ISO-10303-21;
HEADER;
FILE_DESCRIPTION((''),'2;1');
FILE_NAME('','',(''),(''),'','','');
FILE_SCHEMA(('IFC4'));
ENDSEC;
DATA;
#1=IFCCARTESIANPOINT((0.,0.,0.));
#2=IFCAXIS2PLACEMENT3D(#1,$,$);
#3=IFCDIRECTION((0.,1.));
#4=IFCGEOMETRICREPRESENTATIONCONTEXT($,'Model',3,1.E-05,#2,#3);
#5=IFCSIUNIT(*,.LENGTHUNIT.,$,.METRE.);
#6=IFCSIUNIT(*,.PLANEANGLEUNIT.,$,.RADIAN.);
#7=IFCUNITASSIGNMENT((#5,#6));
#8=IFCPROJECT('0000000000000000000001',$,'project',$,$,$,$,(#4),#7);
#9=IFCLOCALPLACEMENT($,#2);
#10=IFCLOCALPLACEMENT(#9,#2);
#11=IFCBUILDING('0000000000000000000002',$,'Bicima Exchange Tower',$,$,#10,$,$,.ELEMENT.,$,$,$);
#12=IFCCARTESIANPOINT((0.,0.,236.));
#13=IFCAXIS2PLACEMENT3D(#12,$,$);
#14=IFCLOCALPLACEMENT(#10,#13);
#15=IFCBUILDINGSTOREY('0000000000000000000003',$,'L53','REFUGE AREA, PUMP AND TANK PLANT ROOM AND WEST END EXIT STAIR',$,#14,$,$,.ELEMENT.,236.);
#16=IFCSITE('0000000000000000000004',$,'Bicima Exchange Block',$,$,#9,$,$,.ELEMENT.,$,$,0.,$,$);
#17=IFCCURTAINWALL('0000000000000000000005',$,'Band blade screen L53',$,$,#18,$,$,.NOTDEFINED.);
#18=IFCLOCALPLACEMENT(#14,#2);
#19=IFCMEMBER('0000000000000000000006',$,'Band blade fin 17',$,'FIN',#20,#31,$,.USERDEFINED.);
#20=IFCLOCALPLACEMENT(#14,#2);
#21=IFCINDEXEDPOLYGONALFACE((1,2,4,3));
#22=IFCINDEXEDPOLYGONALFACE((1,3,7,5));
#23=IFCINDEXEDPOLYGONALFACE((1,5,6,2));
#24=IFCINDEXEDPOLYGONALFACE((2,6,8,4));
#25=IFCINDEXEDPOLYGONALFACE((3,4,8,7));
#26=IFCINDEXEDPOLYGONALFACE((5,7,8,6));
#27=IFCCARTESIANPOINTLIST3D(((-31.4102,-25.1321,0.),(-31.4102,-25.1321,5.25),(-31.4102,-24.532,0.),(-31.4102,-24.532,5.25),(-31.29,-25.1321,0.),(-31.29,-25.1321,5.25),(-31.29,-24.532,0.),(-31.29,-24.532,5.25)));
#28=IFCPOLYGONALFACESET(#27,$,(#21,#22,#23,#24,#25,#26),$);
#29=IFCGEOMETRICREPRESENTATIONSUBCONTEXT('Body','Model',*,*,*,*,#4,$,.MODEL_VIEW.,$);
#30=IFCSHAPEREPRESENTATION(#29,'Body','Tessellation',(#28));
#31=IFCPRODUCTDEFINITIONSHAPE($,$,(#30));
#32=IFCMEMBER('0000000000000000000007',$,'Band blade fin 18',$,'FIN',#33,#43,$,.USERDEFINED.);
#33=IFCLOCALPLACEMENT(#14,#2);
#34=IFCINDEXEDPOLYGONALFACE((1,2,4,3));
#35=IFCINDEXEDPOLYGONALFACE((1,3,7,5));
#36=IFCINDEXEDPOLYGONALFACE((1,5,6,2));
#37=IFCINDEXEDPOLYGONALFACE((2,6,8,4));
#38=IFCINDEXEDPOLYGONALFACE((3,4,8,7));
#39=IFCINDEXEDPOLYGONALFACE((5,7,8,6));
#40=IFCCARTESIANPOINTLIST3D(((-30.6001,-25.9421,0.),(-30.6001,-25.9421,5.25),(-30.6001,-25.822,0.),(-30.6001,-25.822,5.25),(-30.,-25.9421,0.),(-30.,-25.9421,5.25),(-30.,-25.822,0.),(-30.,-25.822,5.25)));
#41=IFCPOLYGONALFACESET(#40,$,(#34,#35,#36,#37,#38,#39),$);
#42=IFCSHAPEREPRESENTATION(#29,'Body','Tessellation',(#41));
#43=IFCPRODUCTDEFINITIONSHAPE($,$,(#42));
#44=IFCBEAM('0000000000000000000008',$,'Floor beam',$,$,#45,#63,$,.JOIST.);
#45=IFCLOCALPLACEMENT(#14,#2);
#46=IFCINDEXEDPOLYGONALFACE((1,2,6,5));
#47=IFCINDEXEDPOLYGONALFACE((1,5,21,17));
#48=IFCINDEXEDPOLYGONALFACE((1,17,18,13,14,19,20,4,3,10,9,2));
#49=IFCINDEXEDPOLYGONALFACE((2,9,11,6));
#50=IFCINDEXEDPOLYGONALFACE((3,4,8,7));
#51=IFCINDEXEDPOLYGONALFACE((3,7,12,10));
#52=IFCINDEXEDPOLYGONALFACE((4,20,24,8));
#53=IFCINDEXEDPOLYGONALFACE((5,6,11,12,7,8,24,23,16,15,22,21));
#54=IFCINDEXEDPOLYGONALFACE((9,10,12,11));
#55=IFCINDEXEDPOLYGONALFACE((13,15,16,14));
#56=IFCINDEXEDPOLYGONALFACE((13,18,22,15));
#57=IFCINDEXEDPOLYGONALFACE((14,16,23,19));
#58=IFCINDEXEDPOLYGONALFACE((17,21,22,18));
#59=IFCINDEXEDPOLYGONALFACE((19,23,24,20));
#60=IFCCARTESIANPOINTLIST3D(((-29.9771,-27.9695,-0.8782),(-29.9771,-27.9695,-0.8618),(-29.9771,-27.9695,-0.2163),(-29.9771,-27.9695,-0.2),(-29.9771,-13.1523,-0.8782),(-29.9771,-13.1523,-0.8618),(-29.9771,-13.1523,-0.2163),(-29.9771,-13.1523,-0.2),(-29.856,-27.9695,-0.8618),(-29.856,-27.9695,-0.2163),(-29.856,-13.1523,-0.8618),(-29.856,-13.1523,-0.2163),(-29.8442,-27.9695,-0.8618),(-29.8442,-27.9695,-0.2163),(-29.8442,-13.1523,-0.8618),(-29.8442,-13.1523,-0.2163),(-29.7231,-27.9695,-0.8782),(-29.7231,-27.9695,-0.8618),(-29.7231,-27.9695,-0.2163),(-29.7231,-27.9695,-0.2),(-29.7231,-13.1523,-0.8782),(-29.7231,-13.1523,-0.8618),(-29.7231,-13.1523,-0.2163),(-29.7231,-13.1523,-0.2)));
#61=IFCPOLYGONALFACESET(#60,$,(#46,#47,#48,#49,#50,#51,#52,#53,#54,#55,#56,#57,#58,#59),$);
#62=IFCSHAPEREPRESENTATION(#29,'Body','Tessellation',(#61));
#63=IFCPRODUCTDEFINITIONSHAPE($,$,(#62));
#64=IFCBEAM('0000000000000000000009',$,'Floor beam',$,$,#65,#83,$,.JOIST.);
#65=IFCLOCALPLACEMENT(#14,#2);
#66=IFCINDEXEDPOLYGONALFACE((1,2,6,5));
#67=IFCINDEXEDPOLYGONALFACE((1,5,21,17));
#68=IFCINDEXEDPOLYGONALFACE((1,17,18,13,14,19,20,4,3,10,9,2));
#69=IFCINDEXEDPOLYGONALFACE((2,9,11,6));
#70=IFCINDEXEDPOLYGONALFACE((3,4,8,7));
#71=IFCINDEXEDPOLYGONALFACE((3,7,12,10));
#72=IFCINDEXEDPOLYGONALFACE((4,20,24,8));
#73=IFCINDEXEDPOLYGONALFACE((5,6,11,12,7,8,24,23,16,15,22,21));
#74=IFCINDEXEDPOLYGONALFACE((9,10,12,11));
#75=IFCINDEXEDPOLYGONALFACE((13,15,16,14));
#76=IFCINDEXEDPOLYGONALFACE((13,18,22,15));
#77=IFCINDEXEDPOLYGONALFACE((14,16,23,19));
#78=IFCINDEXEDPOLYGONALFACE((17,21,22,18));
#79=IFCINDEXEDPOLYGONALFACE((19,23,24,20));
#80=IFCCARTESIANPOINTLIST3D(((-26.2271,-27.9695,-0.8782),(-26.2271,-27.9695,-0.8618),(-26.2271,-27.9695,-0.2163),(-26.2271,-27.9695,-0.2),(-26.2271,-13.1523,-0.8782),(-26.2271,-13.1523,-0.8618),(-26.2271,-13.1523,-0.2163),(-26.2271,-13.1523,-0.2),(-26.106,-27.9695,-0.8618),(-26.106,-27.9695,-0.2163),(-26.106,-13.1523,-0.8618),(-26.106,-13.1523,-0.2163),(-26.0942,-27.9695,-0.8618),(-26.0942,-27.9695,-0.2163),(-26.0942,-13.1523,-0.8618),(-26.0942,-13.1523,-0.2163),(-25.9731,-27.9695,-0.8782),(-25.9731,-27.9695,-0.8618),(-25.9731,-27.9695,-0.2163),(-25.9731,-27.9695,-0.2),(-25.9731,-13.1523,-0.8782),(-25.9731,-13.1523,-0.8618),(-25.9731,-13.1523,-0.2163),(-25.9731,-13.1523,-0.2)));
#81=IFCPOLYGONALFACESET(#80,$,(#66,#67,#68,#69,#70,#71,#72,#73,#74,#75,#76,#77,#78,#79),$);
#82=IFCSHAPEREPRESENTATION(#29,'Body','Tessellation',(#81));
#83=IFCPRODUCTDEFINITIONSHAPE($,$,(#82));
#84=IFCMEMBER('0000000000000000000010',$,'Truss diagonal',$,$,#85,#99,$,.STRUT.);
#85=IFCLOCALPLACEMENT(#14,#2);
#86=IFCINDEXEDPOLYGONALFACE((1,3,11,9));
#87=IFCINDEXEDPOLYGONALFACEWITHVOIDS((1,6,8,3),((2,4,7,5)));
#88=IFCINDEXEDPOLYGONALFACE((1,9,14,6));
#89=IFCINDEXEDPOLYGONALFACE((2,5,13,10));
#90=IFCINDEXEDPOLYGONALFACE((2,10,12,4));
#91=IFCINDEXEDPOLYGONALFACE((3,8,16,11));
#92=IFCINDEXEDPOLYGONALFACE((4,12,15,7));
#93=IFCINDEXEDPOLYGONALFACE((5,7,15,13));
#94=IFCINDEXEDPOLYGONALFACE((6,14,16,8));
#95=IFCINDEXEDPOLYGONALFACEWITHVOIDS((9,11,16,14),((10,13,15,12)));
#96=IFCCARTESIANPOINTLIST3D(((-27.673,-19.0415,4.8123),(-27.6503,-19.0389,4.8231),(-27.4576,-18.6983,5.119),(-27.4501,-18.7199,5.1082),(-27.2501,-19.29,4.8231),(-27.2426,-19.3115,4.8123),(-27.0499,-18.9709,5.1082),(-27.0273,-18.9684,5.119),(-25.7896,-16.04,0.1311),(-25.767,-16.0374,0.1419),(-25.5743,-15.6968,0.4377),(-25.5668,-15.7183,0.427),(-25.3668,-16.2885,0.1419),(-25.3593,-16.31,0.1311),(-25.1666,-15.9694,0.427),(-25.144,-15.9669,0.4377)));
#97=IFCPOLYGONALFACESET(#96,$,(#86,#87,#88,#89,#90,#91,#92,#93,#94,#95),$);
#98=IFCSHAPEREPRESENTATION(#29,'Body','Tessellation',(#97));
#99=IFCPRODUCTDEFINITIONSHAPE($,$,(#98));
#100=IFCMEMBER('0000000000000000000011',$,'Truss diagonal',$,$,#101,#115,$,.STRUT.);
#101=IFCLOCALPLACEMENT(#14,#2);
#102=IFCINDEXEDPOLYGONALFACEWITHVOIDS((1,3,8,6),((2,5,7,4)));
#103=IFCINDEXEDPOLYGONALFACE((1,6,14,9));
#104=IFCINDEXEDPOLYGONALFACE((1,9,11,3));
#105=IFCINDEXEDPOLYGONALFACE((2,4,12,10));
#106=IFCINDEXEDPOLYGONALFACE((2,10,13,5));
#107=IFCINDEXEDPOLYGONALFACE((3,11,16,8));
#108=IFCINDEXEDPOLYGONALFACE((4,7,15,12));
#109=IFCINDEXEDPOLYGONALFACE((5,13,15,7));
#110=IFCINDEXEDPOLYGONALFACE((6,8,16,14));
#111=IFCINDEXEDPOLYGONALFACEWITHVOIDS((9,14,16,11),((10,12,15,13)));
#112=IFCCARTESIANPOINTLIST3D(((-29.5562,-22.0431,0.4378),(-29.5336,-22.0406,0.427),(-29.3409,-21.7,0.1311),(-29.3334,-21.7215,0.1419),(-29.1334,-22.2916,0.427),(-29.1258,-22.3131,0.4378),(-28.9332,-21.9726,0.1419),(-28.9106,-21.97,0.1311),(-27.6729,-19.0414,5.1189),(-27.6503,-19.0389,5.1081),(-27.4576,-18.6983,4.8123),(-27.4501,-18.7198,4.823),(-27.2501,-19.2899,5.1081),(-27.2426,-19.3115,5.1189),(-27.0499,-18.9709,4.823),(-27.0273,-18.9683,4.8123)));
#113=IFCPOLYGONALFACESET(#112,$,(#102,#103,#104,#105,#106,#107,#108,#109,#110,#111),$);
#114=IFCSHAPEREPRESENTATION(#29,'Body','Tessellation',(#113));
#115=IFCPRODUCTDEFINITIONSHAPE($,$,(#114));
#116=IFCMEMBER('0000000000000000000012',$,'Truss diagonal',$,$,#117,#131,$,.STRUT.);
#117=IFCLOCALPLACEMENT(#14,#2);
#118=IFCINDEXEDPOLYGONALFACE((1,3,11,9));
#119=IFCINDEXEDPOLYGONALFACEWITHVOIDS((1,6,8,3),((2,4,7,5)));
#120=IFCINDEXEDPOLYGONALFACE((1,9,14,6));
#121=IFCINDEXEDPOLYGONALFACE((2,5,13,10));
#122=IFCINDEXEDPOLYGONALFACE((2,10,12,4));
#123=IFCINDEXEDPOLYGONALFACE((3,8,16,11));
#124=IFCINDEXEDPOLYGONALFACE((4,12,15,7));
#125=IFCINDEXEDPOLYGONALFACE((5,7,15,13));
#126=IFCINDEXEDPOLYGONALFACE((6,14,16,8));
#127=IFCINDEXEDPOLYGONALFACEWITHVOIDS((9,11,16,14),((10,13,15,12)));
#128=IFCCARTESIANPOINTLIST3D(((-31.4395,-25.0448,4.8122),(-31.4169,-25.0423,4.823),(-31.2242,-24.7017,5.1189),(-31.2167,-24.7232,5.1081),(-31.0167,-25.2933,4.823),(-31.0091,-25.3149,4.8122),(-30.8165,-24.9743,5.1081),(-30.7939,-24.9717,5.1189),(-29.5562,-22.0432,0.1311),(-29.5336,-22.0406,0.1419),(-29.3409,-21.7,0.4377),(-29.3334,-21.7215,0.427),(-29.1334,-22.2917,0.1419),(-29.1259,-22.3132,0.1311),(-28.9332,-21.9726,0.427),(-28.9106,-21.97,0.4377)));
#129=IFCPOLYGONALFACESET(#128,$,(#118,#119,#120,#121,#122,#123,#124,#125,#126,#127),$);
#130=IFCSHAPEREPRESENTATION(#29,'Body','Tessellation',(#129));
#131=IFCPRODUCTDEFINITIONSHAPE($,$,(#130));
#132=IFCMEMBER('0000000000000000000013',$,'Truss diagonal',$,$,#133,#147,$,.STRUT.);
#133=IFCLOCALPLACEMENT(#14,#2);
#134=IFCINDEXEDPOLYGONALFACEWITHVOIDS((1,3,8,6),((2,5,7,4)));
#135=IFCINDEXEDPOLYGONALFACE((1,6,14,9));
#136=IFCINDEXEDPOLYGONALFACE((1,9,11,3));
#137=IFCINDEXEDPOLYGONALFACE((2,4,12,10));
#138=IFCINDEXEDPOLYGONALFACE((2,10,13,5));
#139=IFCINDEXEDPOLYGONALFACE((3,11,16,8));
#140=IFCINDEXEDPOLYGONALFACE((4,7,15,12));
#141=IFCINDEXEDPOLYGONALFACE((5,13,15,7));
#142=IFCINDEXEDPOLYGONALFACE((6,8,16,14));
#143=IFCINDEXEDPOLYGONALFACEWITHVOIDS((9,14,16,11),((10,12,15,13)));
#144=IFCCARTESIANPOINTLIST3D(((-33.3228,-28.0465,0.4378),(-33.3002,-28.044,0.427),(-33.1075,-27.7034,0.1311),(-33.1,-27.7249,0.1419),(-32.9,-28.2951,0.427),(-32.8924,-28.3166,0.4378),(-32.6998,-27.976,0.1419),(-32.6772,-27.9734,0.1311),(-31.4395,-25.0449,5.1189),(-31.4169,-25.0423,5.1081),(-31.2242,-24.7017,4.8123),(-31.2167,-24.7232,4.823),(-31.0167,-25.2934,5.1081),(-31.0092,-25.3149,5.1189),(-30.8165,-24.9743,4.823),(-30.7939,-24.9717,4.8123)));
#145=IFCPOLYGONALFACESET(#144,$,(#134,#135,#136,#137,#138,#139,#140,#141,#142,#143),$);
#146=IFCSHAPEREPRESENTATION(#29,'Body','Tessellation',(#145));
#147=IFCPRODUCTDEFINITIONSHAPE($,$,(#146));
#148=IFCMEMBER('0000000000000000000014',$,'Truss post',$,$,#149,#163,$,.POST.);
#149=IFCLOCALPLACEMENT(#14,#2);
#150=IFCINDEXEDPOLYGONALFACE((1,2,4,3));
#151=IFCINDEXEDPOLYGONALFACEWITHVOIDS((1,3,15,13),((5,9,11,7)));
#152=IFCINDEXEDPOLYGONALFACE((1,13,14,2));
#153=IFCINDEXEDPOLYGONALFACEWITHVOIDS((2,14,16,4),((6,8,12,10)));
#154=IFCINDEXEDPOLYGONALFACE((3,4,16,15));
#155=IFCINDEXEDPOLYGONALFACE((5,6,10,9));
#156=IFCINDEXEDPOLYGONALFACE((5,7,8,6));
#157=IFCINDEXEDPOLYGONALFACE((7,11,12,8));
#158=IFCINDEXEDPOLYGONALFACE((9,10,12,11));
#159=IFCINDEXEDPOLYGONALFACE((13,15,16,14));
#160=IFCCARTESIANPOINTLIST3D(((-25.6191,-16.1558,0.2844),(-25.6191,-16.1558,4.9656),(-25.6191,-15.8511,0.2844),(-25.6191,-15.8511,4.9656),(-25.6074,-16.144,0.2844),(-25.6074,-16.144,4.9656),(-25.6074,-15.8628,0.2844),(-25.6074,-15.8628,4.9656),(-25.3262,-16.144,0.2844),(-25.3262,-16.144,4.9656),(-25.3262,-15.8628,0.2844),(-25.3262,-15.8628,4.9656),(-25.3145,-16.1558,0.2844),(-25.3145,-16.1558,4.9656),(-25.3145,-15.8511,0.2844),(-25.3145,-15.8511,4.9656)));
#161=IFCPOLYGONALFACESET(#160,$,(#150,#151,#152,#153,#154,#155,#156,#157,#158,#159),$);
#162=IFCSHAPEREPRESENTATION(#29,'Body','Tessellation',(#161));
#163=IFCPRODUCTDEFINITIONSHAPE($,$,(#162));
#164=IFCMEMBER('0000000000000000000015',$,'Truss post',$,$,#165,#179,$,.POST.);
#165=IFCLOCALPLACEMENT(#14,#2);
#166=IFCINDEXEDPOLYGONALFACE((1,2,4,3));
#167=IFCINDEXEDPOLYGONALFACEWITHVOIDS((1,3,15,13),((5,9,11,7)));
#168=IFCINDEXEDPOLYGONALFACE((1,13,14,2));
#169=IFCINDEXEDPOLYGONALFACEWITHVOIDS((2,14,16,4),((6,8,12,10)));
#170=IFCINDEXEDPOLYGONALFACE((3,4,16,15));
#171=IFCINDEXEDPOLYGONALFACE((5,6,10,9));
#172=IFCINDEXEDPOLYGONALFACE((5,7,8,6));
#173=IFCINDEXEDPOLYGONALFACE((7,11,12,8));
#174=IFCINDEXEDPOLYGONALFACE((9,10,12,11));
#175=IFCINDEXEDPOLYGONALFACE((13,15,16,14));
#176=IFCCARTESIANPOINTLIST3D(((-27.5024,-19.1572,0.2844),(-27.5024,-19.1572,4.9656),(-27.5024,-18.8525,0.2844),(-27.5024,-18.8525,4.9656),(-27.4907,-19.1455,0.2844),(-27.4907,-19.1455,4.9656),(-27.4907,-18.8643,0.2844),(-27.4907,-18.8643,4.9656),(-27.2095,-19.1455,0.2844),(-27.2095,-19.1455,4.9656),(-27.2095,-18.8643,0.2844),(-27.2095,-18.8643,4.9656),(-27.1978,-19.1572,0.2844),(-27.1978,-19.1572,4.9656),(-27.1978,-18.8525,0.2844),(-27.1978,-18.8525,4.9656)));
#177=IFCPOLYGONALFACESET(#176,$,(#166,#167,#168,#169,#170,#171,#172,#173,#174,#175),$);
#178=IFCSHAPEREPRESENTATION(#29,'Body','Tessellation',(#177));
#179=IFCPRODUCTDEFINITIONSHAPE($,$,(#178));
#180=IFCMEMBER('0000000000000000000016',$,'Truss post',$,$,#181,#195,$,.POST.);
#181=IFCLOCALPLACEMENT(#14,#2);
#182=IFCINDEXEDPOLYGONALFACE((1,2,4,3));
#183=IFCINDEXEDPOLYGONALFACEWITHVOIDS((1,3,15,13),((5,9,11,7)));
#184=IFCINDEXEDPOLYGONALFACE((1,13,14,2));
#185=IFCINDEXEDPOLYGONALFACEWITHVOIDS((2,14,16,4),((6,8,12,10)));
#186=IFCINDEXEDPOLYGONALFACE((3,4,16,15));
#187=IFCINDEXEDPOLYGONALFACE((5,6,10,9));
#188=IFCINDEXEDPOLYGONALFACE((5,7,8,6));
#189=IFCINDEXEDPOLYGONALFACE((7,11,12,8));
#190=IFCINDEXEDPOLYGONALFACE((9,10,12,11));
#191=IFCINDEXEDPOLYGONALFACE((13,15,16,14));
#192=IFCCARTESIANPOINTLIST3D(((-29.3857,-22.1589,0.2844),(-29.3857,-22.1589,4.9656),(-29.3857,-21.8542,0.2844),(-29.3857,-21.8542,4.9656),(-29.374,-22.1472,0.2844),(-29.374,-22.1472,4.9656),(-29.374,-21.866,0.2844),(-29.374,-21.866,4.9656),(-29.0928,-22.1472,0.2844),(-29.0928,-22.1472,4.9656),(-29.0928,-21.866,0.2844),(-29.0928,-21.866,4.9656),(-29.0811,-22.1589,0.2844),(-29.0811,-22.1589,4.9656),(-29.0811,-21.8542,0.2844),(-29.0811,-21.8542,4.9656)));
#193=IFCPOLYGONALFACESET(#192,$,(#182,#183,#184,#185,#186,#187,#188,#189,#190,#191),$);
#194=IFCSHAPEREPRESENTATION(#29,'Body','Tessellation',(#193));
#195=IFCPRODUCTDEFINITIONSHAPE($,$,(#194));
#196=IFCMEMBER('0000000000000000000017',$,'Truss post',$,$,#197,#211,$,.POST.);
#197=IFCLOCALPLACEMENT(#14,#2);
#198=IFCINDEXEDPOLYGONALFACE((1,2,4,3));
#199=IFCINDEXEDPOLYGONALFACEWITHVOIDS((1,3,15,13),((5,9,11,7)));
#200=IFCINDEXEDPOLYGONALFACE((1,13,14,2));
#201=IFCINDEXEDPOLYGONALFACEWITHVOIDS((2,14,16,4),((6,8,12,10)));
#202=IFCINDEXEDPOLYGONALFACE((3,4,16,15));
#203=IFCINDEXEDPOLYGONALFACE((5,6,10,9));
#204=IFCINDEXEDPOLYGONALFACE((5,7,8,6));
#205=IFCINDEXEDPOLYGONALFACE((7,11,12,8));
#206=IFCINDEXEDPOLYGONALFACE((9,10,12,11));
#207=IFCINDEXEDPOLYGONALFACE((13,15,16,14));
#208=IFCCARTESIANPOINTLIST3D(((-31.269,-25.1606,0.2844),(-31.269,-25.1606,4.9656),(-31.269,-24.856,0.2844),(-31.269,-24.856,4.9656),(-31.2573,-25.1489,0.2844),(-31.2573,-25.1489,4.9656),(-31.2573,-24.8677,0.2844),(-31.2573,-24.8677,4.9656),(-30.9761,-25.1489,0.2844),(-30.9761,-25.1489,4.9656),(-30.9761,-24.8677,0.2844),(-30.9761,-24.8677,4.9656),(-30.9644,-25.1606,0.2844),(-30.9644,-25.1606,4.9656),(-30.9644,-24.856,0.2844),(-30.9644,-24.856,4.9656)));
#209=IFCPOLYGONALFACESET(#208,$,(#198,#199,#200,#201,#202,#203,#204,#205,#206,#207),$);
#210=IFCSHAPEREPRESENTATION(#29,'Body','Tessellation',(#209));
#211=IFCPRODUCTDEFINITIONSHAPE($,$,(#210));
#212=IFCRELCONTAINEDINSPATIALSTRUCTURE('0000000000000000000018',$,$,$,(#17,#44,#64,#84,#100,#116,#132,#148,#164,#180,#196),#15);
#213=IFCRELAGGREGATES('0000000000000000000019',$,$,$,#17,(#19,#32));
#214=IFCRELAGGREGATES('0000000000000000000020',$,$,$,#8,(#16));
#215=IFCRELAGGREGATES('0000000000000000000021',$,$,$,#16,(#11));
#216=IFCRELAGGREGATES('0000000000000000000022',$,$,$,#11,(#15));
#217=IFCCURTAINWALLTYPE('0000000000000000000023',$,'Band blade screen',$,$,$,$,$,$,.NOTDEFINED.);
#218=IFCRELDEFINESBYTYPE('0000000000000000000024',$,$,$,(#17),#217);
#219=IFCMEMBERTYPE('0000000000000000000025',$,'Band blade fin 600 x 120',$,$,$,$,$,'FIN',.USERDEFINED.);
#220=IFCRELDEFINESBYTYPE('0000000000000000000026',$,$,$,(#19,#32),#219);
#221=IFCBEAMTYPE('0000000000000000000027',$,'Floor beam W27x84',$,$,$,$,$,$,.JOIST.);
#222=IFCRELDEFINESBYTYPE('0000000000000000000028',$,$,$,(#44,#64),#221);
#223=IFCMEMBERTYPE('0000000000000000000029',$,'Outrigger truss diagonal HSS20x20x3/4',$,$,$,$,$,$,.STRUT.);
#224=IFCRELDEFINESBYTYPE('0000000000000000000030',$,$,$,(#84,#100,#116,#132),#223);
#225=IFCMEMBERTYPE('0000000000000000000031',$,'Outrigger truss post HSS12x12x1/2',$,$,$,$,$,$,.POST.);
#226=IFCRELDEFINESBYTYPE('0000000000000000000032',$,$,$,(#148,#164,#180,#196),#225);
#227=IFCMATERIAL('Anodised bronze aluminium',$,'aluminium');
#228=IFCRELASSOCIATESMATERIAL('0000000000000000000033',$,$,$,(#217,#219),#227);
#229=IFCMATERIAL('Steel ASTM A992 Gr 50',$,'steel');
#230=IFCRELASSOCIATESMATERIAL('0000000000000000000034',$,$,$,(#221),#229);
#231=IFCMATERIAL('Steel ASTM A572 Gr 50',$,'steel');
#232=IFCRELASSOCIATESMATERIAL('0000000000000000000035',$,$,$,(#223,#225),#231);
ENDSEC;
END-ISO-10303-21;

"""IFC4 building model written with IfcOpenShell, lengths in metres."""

from ifc_helpers import new_model, si_unit, direction, frame, origin, origin_2d, place, context, subcontext, project, spatial, rectangle, hollow_rectangle, i_section, extrude, material, material_profile, profile_set, type_object, element, aggregate, save


model = new_model("IFC4")

# Units and contexts
model_context = context("Model", 3, precision=1e-05, world=origin(), true_north=direction((0.0, 1.0)))
body_context = subcontext(model_context, "Body", "Model", "MODEL_VIEW")
ifc_project = project(units=[si_unit("LENGTHUNIT", "METRE"), si_unit("PLANEANGLEUNIT", "RADIAN")], contexts=[model_context])

# Site, building, storey
site_placement = place(None, origin())
site = spatial("IfcSite", under=ifc_project, at=site_placement, Name="Bicima Exchange Block", CompositionType="ELEMENT", RefElevation=0.0)
building_placement = place(site_placement, origin())
building = spatial("IfcBuilding", under=site, at=building_placement, Name="Bicima Exchange Tower", CompositionType="ELEMENT")
storey_placement = place(building_placement, frame((0.0, 0.0, 236.0)))
storey = spatial("IfcBuildingStorey", under=building, at=storey_placement, Name="L53", Description="REFUGE AREA, PUMP AND TANK PLANT ROOM AND WEST END EXIT STAIR", CompositionType="ELEMENT", Elevation=236.0)

# Curtain wall, members
ifc_material_1 = material(Name="Anodised bronze aluminium", Category="aluminium")
curtain_wall_type = type_object("IfcCurtainWallType", Name="Band blade screen", PredefinedType="NOTDEFINED", material=ifc_material_1)
curtain_wall_placement = place(storey_placement, origin())
curtain_wall = element("IfcCurtainWall", 1, at=curtain_wall_placement, inside=storey, type_object=curtain_wall_type, Name="Band blade screen L53", PredefinedType="NOTDEFINED")
ifc_material_profile_1 = material_profile(ifc_material_1, rectangle(XDim=0.6001, YDim=0.1201, at=origin_2d()))
ifc_profile_set_1 = profile_set([ifc_material_profile_1], Name="Anodised bronze aluminium")
member_type_1 = type_object("IfcMemberType", Name="Band blade fin 600 x 120", ElementType="FIN", PredefinedType="USERDEFINED", material=ifc_profile_set_1)
member_1_placement = place(storey_placement, frame((-31.3501, -24.832, 0.0), z_axis=(0.0, 0.0, 1.0), x_axis=(0.0, 1.0, 0.0)))
member_1 = element("IfcMember", 2, at=member_1_placement, type_object=member_type_1, Name="Band blade fin 17", ObjectType="FIN", PredefinedType="USERDEFINED", context=body_context, shape_type="SweptSolid", body=[
    extrude(rectangle(XDim=0.6001, YDim=0.1201, at=origin_2d()), origin(), (0.0, 0.0, 1.0), 5.25),
])
member_2_placement = place(storey_placement, frame((-30.3, -25.8821, 0.0), z_axis=(0.0, 0.0, 1.0), x_axis=(1.0, 0.0, 0.0)))
member_2 = element("IfcMember", 3, at=member_2_placement, type_object=member_type_1, Name="Band blade fin 18", ObjectType="FIN", PredefinedType="USERDEFINED", context=body_context, shape_type="SweptSolid", body=[
    extrude(rectangle(XDim=0.6001, YDim=0.1201, at=origin_2d()), origin(), (0.0, 0.0, 1.0), 5.25),
])
aggregate(curtain_wall, [member_1, member_2])

# Beams
ifc_material_2 = material(Name="Steel ASTM A992 Gr 50", Category="steel")
ifc_material_profile_2 = material_profile(ifc_material_2, i_section(OverallWidth=0.2539, OverallDepth=0.6782, WebThickness=0.0117, FlangeThickness=0.0164, at=origin_2d()))
ifc_profile_set_2 = profile_set([ifc_material_profile_2], Name="Steel ASTM A992 Gr 50")
beam_type = type_object("IfcBeamType", Name="Floor beam W27x84", PredefinedType="JOIST", material=ifc_profile_set_2)
for number, where, z_axis, x_axis, name in (
    (4, (-29.8501, -13.1523, -0.5391), (0.0, -1.0, 0.0), (1.0, 0.0, 0.0), "Floor beam"),
    (5, (-26.1001, -13.1523, -0.5391), (0.0, -1.0, 0.0), (1.0, 0.0, 0.0), "Floor beam"),
):
    element("IfcBeam", number, at=place(storey_placement, frame(where, z_axis=z_axis, x_axis=x_axis)), inside=storey, type_object=beam_type, Name=name, PredefinedType="JOIST", context=body_context, shape_type="SweptSolid", body=[
        extrude(i_section(OverallWidth=0.2539, OverallDepth=0.6782, WebThickness=0.0117, FlangeThickness=0.0164, at=origin_2d()), origin(), (0.0, 0.0, 1.0), 14.8171),
    ])

# Members
ifc_material_3 = material(Name="Steel ASTM A572 Gr 50", Category="steel")
ifc_material_profile_3 = material_profile(ifc_material_3, hollow_rectangle(XDim=0.5081, YDim=0.5081, WallThickness=0.0178, at=origin_2d()))
ifc_profile_set_3 = profile_set([ifc_material_profile_3], Name="Steel ASTM A572 Gr 50")
member_type_2 = type_object("IfcMemberType", Name="Outrigger truss diagonal HSS20x20x3/4", PredefinedType="STRUT", material=ifc_profile_set_3)
for number, where, z_axis, x_axis, name in (
    (6, (-25.4668, -16.0034, 0.2844), (-0.320779, -0.511235, 0.797333), (0.84706, -0.531497, 0.0), "Truss diagonal"),
    (7, (-27.3501, -19.0049, 4.9656), (-0.320773, -0.511265, -0.797316), (0.84708, -0.531466, 0.0), "Truss diagonal"),
    (8, (-29.2334, -22.0066, 0.2844), (-0.320773, -0.511265, 0.797316), (0.84708, -0.531466, 0.0), "Truss diagonal"),
    (9, (-31.1167, -25.0083, 4.9656), (-0.320773, -0.511265, -0.797316), (0.84708, -0.531466, 0.0), "Truss diagonal"),
):
    element("IfcMember", number, at=place(storey_placement, frame(where, z_axis=z_axis, x_axis=x_axis)), inside=storey, type_object=member_type_2, Name=name, PredefinedType="STRUT", context=body_context, shape_type="SweptSolid", body=[
        extrude(hollow_rectangle(XDim=0.5081, YDim=0.5081, WallThickness=0.0178, at=origin_2d()), origin(), (0.0, 0.0, 1.0), 5.8711),
    ])
ifc_material_profile_4 = material_profile(ifc_material_3, hollow_rectangle(XDim=0.3047, YDim=0.3047, WallThickness=0.0117, at=origin_2d()))
ifc_profile_set_4 = profile_set([ifc_material_profile_4], Name="Steel ASTM A572 Gr 50")
member_type_3 = type_object("IfcMemberType", Name="Outrigger truss post HSS12x12x1/2", PredefinedType="POST", material=ifc_profile_set_4)
for number, where, z_axis, x_axis, name in (
    (10, (-25.4668, -16.0034, 0.2844), (0.0, 0.0, 1.0), (1.0, 0.0, 0.0), "Truss post"),
    (11, (-27.3501, -19.0049, 0.2844), (0.0, 0.0, 1.0), (1.0, 0.0, 0.0), "Truss post"),
    (12, (-29.2334, -22.0066, 0.2844), (0.0, 0.0, 1.0), (1.0, 0.0, 0.0), "Truss post"),
    (13, (-31.1167, -25.0083, 0.2844), (0.0, 0.0, 1.0), (1.0, 0.0, 0.0), "Truss post"),
):
    element("IfcMember", number, at=place(storey_placement, frame(where, z_axis=z_axis, x_axis=x_axis)), inside=storey, type_object=member_type_3, Name=name, PredefinedType="POST", context=body_context, shape_type="SweptSolid", body=[
        extrude(hollow_rectangle(XDim=0.3047, YDim=0.3047, WallThickness=0.0117, at=origin_2d()), origin(), (0.0, 0.0, 1.0), 4.6812),
    ])

save(model, "model.ifc")
